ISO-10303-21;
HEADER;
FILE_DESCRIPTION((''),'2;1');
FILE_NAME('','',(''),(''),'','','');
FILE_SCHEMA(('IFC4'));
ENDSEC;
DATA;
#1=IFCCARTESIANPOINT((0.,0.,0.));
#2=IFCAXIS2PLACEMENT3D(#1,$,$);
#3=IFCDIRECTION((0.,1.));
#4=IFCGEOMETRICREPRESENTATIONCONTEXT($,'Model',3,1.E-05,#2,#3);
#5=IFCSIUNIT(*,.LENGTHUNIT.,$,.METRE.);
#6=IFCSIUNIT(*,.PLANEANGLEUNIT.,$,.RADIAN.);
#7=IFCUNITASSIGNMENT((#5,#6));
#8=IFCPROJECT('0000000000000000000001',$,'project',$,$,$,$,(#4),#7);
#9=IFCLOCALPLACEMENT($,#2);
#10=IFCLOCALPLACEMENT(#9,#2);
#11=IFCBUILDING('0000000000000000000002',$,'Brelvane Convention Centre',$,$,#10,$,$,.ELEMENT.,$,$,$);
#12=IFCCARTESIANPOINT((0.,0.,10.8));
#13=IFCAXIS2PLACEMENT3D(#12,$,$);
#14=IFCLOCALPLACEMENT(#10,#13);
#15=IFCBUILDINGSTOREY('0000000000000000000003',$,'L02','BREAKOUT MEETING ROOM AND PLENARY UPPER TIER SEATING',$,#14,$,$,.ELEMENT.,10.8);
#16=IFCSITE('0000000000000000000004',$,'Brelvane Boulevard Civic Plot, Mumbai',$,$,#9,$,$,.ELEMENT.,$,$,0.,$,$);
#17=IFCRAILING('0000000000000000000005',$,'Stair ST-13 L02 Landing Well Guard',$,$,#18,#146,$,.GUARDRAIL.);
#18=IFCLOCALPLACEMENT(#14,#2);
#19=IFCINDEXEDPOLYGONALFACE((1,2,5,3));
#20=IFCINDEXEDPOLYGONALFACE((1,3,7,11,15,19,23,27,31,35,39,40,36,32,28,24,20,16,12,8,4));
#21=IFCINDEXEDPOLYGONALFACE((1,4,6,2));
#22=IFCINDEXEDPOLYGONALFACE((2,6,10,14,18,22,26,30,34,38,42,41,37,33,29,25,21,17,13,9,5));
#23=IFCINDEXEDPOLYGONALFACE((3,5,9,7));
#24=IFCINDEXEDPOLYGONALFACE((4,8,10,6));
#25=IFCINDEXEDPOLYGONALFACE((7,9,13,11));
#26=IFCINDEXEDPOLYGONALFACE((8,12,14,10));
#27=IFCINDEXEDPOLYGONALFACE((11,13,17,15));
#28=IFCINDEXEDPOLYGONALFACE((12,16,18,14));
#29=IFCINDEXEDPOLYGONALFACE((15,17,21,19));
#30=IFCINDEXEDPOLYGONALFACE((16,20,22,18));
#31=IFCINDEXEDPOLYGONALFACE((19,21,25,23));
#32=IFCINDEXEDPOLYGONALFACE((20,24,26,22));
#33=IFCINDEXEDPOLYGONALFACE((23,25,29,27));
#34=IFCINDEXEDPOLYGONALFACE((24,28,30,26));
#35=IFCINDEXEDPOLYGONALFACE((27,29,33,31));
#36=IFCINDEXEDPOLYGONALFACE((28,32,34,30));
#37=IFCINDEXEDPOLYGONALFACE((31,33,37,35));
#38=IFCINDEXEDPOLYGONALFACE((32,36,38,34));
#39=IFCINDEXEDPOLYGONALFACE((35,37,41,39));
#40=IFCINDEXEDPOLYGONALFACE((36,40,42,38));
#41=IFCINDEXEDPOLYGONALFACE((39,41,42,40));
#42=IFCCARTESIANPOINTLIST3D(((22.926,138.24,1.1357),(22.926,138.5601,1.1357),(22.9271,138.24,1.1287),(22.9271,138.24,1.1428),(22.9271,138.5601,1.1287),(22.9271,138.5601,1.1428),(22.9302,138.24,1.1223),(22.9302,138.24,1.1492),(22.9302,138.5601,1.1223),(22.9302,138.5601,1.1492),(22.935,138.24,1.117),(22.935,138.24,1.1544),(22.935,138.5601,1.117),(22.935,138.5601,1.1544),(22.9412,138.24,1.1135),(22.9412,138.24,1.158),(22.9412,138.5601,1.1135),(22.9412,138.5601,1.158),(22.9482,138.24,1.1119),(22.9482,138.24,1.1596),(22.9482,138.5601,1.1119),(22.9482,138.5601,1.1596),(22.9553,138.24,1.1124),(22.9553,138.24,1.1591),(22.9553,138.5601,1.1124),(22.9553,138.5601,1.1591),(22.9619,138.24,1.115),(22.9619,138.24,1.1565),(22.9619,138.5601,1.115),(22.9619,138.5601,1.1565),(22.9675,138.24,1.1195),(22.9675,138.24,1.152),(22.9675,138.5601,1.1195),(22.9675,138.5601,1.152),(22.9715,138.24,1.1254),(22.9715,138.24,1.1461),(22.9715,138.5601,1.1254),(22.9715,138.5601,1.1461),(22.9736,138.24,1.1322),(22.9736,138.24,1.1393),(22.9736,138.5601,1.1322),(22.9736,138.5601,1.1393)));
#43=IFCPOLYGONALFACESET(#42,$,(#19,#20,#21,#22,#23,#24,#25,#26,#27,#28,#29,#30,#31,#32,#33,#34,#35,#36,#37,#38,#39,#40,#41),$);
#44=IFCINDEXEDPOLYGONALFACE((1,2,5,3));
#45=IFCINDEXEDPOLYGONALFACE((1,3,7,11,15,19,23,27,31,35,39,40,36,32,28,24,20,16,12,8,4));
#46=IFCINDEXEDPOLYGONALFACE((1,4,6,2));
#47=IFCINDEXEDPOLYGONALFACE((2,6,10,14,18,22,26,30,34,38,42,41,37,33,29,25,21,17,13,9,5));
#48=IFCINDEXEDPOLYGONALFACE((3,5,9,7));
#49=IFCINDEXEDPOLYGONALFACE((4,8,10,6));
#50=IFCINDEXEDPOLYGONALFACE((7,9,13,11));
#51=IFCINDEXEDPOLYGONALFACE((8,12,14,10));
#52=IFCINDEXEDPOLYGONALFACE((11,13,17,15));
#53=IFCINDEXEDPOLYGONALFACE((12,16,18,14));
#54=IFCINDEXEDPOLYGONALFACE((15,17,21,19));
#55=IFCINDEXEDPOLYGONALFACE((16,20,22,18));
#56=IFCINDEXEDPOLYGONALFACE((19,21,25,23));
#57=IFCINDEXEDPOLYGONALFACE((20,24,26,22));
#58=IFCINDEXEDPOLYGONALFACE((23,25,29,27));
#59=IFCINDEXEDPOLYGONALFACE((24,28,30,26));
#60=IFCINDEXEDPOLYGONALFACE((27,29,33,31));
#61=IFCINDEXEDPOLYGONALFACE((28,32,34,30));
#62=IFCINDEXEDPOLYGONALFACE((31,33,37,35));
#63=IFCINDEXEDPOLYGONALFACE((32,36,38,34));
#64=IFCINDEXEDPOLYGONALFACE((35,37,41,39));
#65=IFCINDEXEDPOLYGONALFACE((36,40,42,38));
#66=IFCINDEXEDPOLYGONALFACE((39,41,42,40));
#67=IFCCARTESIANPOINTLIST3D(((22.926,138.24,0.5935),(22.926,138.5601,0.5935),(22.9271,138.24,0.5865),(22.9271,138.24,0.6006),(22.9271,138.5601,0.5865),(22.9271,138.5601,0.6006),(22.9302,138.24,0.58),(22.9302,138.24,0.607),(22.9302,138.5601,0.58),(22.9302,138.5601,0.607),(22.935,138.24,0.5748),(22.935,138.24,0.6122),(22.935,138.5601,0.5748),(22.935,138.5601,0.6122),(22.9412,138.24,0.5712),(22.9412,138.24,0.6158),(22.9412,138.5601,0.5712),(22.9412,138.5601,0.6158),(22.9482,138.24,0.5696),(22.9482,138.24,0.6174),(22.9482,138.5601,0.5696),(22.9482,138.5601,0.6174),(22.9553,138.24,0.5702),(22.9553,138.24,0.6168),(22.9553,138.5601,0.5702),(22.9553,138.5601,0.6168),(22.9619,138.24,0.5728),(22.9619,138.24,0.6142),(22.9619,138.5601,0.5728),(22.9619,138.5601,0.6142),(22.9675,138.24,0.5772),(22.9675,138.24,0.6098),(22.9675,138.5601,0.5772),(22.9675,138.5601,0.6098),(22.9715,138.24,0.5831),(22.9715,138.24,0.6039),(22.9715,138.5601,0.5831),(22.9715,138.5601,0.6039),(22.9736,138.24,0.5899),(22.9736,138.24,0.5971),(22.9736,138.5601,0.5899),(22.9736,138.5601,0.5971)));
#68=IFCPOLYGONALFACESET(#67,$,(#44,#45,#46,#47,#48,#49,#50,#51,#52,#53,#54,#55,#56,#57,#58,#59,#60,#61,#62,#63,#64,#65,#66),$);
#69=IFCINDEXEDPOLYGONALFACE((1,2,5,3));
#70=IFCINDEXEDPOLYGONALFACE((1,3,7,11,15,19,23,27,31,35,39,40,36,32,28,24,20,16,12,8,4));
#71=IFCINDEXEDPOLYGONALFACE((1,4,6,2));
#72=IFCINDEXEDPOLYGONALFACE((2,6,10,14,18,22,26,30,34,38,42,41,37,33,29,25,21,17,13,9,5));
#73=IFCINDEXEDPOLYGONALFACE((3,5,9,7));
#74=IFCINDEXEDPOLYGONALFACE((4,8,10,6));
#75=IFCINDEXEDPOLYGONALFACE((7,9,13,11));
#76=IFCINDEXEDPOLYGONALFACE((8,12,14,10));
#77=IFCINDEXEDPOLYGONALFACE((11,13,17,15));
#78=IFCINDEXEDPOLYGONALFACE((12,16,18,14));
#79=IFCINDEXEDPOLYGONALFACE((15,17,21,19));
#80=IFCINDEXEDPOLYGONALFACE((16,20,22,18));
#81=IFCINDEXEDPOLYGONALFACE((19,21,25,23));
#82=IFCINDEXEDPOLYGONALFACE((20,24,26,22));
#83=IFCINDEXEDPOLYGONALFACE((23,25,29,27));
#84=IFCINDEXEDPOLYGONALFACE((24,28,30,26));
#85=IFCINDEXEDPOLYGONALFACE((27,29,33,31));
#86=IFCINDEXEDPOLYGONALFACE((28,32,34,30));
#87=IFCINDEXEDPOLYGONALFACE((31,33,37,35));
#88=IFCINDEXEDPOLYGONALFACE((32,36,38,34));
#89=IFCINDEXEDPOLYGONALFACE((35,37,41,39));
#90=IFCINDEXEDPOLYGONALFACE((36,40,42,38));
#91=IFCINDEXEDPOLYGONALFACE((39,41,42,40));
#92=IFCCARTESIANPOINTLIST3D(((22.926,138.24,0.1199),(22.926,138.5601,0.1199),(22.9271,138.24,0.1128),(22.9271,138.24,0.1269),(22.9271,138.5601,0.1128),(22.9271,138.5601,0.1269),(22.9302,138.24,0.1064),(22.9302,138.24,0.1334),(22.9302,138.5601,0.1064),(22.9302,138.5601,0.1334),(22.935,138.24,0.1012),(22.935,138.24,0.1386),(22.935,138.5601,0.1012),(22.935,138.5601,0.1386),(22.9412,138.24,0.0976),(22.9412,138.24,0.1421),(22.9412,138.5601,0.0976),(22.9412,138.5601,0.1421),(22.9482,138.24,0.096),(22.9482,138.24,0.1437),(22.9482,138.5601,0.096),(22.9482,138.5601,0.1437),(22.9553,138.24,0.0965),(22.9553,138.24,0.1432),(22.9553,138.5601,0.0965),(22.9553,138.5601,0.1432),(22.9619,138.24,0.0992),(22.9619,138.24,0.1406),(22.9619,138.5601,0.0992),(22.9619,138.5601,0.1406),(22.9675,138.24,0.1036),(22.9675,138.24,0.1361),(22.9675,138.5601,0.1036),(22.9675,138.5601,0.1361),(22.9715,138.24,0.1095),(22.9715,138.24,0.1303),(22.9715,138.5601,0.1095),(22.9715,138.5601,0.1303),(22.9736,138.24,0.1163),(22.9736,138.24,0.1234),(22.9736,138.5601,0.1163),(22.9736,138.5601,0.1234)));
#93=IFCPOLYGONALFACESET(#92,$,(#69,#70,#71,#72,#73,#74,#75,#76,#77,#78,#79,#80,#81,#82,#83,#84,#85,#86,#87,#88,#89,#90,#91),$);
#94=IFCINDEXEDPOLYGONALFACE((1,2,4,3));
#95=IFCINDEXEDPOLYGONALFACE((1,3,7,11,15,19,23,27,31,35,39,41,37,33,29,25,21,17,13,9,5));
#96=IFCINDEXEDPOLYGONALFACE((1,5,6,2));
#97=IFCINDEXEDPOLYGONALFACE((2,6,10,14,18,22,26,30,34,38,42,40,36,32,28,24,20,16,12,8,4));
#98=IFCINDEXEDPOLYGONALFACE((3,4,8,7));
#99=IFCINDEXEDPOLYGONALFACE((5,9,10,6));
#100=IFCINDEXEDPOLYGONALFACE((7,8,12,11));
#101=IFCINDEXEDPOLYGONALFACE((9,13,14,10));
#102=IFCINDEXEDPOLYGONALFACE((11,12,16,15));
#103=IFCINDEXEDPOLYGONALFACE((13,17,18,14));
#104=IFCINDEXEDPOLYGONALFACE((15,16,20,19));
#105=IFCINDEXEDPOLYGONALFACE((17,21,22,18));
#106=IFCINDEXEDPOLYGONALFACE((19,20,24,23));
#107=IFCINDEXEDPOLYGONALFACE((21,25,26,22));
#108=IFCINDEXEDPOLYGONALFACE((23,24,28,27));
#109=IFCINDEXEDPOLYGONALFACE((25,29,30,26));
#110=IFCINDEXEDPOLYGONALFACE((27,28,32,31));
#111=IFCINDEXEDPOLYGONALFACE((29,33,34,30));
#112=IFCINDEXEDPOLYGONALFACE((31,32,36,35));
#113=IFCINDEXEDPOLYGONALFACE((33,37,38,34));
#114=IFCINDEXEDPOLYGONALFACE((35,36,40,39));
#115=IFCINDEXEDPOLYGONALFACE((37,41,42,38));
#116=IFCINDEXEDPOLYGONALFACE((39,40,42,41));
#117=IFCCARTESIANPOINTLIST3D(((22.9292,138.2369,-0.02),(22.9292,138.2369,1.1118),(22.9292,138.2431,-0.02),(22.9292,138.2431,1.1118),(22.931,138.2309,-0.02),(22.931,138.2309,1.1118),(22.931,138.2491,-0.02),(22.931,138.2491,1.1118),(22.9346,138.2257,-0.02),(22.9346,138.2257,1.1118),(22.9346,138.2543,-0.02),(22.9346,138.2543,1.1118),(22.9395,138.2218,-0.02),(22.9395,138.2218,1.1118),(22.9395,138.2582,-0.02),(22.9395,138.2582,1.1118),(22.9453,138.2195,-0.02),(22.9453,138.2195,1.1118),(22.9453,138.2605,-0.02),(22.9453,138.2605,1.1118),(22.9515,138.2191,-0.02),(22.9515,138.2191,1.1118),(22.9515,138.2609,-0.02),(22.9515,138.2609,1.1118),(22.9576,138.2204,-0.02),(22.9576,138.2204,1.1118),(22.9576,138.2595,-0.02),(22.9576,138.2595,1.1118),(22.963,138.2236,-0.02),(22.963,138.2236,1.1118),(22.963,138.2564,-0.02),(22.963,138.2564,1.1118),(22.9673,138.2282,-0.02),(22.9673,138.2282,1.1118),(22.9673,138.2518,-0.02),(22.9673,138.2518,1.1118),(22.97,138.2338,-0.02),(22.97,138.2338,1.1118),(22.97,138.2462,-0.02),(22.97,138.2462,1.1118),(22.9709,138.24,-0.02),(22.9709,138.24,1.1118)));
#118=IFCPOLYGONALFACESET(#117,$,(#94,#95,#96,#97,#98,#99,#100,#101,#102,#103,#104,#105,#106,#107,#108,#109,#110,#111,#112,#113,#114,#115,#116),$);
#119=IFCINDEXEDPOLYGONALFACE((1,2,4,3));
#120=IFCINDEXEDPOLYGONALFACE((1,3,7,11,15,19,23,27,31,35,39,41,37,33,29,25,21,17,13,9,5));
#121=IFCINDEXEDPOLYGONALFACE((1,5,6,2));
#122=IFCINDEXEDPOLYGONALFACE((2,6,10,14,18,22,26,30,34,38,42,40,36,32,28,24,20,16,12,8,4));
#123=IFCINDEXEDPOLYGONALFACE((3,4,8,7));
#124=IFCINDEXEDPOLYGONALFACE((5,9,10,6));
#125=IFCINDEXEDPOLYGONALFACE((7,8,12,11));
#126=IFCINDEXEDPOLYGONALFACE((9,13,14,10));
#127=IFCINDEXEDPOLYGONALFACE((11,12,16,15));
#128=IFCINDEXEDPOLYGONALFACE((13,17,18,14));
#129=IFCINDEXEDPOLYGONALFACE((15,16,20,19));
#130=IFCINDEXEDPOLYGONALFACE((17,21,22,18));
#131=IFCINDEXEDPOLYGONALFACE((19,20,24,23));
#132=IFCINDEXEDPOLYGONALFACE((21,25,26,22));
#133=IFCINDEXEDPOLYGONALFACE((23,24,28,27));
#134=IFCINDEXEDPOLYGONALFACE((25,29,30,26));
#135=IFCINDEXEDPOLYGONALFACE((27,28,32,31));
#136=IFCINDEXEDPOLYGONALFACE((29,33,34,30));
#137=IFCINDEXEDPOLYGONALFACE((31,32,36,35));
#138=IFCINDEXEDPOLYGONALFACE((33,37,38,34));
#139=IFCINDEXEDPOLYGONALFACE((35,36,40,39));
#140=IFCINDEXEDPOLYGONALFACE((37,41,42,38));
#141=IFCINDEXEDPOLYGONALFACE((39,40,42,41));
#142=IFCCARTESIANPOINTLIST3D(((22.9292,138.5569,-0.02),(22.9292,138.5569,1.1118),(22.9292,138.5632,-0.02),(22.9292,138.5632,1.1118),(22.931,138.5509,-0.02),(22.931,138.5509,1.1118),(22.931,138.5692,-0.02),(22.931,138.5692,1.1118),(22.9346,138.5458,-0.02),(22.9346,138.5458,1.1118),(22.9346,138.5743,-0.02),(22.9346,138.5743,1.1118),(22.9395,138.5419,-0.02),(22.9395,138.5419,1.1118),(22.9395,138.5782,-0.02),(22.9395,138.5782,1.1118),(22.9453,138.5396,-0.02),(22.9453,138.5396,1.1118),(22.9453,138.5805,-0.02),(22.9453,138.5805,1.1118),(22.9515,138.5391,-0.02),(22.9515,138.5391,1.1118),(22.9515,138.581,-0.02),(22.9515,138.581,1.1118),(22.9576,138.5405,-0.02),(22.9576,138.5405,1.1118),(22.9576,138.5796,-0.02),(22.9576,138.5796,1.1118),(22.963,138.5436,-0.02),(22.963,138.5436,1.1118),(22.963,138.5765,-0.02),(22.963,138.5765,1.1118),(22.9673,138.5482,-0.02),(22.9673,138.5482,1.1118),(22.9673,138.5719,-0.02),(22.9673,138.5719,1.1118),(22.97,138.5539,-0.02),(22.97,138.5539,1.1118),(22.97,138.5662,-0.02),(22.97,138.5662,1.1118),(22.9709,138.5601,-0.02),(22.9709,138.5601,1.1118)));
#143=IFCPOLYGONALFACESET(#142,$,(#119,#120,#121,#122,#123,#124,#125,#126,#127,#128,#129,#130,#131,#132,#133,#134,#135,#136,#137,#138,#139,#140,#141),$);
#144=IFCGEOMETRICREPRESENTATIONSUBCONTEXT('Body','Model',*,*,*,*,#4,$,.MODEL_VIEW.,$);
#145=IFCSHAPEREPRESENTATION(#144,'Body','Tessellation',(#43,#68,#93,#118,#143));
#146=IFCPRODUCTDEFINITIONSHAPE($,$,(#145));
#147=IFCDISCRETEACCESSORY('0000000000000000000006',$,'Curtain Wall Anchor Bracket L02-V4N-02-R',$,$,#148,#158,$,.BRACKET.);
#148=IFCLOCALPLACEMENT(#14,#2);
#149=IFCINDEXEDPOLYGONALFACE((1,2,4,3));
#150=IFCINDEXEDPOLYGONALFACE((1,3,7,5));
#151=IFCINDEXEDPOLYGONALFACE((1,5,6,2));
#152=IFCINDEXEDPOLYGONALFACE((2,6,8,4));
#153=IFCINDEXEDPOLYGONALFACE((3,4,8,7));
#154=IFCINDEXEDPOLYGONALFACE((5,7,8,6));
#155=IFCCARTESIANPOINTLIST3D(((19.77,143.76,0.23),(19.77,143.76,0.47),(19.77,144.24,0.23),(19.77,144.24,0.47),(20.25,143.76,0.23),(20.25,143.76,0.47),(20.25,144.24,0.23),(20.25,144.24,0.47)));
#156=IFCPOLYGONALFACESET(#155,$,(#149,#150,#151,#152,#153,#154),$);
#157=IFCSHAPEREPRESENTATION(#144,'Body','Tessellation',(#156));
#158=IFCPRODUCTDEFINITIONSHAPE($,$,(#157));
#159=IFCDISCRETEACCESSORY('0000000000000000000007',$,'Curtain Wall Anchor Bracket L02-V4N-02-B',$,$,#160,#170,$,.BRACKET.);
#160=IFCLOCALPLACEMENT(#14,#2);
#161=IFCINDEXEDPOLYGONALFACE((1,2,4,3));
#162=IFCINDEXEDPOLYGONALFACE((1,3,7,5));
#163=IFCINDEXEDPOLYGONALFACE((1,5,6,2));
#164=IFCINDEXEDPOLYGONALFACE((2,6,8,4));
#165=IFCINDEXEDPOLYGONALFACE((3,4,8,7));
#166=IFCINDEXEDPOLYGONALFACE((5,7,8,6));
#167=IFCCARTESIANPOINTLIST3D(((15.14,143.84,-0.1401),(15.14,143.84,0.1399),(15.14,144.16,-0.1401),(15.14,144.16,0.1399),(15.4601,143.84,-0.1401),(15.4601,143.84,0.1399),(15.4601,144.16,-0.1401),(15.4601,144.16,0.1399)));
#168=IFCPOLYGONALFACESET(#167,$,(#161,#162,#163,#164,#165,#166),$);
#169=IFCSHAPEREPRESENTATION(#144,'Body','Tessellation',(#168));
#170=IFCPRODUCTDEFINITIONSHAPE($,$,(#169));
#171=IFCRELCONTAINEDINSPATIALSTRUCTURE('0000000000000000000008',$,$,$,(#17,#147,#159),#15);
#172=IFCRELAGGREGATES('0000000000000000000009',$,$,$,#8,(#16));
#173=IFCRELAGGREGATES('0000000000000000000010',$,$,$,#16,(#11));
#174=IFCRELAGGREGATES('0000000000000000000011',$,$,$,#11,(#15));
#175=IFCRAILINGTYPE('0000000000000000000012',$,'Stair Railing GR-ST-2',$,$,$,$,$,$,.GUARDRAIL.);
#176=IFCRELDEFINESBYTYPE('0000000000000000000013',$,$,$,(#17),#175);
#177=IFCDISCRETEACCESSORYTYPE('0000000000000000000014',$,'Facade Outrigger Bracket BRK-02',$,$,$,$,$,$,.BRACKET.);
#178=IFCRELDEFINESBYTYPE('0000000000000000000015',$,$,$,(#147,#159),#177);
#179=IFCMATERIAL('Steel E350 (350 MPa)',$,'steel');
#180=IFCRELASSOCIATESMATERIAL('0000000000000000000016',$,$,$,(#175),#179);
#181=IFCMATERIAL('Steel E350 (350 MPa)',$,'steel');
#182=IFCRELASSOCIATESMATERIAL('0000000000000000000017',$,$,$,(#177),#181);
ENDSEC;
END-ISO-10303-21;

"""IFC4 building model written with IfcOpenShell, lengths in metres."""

from ifc_helpers import new_model, si_unit, direction, frame, origin, origin_2d, place, context, subcontext, project, spatial, rectangle, circle, extrude, material, type_object, element, save


model = new_model("IFC4")

# Units and contexts
model_context = context("Model", 3, precision=1e-05, world=origin(), true_north=direction((0.0, 1.0)))
body_context = subcontext(model_context, "Body", "Model", "MODEL_VIEW")
ifc_project = project(units=[si_unit("LENGTHUNIT", "METRE"), si_unit("PLANEANGLEUNIT", "RADIAN")], contexts=[model_context])

# Site, building, storey
site_placement = place(None, origin())
site = spatial("IfcSite", under=ifc_project, at=site_placement, Name="Brelvane Boulevard Civic Plot, Mumbai", CompositionType="ELEMENT", RefElevation=0.0)
building_placement = place(site_placement, origin())
building = spatial("IfcBuilding", under=site, at=building_placement, Name="Brelvane Convention Centre", CompositionType="ELEMENT")
storey_placement = place(building_placement, frame((0.0, 0.0, 10.8)))
storey = spatial("IfcBuildingStorey", under=building, at=storey_placement, Name="L02", Description="BREAKOUT MEETING ROOM AND PLENARY UPPER TIER SEATING", CompositionType="ELEMENT", Elevation=10.8)

# Railing
ifc_material_1 = material(Name="Steel E350 (350 MPa)", Category="steel")
railing_type_1 = type_object("IfcRailingType", Name="Stair Railing GR-ST-2", PredefinedType="GUARDRAIL", material=ifc_material_1)
railing_1_placement = place(storey_placement, frame((22.95, 138.24, -0.02)))
element("IfcRailing", 1, at=railing_1_placement, inside=storey, type_object=railing_type_1, Name="Stair ST-13 L02 Landing Well Guard", PredefinedType="GUARDRAIL", context=body_context, shape_type="SweptSolid", body=[
    extrude(circle(Radius=0.0239, at=origin_2d()), frame((0.0, 0.0, 1.1558), z_axis=(0.0, 1.0, 0.0), x_axis=(-1.0, 0.0, 0.0)), (0.0, 0.0, 1.0), 0.3201),
    extrude(circle(Radius=0.0239, at=origin_2d()), frame((0.0, 0.0, 0.6135), z_axis=(0.0, 1.0, 0.0), x_axis=(-1.0, 0.0, 0.0)), (0.0, 0.0, 1.0), 0.3201),
    extrude(circle(Radius=0.0239, at=origin_2d()), frame((0.0, 0.0, 0.1399), z_axis=(0.0, 1.0, 0.0), x_axis=(-1.0, 0.0, 0.0)), (0.0, 0.0, 1.0), 0.3201),
    extrude(circle(Radius=0.021, at=origin_2d()), origin(), (0.0, 0.0, 1.0), 1.1318),
    extrude(circle(Radius=0.021, at=origin_2d()), frame((0.0, 0.3201, 0.0)), (0.0, 0.0, 1.0), 1.1318),
])

# Discrete accessories
ifc_material_2 = material(Name="Steel E350 (350 MPa)", Category="steel")
discrete_accessory_type = type_object("IfcDiscreteAccessoryType", Name="Facade Outrigger Bracket BRK-02", PredefinedType="BRACKET", material=ifc_material_2)
discrete_accessory_1_placement = place(storey_placement, frame((20.01, 144.0, 0.23), z_axis=(0.0, 0.0, 1.0), x_axis=(1.0, 0.0, 0.0)))
element("IfcDiscreteAccessory", 2, at=discrete_accessory_1_placement, inside=storey, type_object=discrete_accessory_type, Name="Curtain Wall Anchor Bracket L02-V4N-02-R", PredefinedType="BRACKET", context=body_context, shape_type="SweptSolid", body=[
    extrude(rectangle(XDim=0.48, YDim=0.48, at=origin_2d()), origin(), (0.0, 0.0, 1.0), 0.24),
])
discrete_accessory_2_placement = place(storey_placement, frame((15.3, 144.0, -0.1401), z_axis=(0.0, 0.0, 1.0), x_axis=(1.0, 0.0, 0.0)))
element("IfcDiscreteAccessory", 3, at=discrete_accessory_2_placement, inside=storey, type_object=discrete_accessory_type, Name="Curtain Wall Anchor Bracket L02-V4N-02-B", PredefinedType="BRACKET", context=body_context, shape_type="SweptSolid", body=[
    extrude(rectangle(XDim=0.3201, YDim=0.3201, at=origin_2d()), origin(), (0.0, 0.0, 1.0), 0.28),
])

save(model, "model.ifc")
